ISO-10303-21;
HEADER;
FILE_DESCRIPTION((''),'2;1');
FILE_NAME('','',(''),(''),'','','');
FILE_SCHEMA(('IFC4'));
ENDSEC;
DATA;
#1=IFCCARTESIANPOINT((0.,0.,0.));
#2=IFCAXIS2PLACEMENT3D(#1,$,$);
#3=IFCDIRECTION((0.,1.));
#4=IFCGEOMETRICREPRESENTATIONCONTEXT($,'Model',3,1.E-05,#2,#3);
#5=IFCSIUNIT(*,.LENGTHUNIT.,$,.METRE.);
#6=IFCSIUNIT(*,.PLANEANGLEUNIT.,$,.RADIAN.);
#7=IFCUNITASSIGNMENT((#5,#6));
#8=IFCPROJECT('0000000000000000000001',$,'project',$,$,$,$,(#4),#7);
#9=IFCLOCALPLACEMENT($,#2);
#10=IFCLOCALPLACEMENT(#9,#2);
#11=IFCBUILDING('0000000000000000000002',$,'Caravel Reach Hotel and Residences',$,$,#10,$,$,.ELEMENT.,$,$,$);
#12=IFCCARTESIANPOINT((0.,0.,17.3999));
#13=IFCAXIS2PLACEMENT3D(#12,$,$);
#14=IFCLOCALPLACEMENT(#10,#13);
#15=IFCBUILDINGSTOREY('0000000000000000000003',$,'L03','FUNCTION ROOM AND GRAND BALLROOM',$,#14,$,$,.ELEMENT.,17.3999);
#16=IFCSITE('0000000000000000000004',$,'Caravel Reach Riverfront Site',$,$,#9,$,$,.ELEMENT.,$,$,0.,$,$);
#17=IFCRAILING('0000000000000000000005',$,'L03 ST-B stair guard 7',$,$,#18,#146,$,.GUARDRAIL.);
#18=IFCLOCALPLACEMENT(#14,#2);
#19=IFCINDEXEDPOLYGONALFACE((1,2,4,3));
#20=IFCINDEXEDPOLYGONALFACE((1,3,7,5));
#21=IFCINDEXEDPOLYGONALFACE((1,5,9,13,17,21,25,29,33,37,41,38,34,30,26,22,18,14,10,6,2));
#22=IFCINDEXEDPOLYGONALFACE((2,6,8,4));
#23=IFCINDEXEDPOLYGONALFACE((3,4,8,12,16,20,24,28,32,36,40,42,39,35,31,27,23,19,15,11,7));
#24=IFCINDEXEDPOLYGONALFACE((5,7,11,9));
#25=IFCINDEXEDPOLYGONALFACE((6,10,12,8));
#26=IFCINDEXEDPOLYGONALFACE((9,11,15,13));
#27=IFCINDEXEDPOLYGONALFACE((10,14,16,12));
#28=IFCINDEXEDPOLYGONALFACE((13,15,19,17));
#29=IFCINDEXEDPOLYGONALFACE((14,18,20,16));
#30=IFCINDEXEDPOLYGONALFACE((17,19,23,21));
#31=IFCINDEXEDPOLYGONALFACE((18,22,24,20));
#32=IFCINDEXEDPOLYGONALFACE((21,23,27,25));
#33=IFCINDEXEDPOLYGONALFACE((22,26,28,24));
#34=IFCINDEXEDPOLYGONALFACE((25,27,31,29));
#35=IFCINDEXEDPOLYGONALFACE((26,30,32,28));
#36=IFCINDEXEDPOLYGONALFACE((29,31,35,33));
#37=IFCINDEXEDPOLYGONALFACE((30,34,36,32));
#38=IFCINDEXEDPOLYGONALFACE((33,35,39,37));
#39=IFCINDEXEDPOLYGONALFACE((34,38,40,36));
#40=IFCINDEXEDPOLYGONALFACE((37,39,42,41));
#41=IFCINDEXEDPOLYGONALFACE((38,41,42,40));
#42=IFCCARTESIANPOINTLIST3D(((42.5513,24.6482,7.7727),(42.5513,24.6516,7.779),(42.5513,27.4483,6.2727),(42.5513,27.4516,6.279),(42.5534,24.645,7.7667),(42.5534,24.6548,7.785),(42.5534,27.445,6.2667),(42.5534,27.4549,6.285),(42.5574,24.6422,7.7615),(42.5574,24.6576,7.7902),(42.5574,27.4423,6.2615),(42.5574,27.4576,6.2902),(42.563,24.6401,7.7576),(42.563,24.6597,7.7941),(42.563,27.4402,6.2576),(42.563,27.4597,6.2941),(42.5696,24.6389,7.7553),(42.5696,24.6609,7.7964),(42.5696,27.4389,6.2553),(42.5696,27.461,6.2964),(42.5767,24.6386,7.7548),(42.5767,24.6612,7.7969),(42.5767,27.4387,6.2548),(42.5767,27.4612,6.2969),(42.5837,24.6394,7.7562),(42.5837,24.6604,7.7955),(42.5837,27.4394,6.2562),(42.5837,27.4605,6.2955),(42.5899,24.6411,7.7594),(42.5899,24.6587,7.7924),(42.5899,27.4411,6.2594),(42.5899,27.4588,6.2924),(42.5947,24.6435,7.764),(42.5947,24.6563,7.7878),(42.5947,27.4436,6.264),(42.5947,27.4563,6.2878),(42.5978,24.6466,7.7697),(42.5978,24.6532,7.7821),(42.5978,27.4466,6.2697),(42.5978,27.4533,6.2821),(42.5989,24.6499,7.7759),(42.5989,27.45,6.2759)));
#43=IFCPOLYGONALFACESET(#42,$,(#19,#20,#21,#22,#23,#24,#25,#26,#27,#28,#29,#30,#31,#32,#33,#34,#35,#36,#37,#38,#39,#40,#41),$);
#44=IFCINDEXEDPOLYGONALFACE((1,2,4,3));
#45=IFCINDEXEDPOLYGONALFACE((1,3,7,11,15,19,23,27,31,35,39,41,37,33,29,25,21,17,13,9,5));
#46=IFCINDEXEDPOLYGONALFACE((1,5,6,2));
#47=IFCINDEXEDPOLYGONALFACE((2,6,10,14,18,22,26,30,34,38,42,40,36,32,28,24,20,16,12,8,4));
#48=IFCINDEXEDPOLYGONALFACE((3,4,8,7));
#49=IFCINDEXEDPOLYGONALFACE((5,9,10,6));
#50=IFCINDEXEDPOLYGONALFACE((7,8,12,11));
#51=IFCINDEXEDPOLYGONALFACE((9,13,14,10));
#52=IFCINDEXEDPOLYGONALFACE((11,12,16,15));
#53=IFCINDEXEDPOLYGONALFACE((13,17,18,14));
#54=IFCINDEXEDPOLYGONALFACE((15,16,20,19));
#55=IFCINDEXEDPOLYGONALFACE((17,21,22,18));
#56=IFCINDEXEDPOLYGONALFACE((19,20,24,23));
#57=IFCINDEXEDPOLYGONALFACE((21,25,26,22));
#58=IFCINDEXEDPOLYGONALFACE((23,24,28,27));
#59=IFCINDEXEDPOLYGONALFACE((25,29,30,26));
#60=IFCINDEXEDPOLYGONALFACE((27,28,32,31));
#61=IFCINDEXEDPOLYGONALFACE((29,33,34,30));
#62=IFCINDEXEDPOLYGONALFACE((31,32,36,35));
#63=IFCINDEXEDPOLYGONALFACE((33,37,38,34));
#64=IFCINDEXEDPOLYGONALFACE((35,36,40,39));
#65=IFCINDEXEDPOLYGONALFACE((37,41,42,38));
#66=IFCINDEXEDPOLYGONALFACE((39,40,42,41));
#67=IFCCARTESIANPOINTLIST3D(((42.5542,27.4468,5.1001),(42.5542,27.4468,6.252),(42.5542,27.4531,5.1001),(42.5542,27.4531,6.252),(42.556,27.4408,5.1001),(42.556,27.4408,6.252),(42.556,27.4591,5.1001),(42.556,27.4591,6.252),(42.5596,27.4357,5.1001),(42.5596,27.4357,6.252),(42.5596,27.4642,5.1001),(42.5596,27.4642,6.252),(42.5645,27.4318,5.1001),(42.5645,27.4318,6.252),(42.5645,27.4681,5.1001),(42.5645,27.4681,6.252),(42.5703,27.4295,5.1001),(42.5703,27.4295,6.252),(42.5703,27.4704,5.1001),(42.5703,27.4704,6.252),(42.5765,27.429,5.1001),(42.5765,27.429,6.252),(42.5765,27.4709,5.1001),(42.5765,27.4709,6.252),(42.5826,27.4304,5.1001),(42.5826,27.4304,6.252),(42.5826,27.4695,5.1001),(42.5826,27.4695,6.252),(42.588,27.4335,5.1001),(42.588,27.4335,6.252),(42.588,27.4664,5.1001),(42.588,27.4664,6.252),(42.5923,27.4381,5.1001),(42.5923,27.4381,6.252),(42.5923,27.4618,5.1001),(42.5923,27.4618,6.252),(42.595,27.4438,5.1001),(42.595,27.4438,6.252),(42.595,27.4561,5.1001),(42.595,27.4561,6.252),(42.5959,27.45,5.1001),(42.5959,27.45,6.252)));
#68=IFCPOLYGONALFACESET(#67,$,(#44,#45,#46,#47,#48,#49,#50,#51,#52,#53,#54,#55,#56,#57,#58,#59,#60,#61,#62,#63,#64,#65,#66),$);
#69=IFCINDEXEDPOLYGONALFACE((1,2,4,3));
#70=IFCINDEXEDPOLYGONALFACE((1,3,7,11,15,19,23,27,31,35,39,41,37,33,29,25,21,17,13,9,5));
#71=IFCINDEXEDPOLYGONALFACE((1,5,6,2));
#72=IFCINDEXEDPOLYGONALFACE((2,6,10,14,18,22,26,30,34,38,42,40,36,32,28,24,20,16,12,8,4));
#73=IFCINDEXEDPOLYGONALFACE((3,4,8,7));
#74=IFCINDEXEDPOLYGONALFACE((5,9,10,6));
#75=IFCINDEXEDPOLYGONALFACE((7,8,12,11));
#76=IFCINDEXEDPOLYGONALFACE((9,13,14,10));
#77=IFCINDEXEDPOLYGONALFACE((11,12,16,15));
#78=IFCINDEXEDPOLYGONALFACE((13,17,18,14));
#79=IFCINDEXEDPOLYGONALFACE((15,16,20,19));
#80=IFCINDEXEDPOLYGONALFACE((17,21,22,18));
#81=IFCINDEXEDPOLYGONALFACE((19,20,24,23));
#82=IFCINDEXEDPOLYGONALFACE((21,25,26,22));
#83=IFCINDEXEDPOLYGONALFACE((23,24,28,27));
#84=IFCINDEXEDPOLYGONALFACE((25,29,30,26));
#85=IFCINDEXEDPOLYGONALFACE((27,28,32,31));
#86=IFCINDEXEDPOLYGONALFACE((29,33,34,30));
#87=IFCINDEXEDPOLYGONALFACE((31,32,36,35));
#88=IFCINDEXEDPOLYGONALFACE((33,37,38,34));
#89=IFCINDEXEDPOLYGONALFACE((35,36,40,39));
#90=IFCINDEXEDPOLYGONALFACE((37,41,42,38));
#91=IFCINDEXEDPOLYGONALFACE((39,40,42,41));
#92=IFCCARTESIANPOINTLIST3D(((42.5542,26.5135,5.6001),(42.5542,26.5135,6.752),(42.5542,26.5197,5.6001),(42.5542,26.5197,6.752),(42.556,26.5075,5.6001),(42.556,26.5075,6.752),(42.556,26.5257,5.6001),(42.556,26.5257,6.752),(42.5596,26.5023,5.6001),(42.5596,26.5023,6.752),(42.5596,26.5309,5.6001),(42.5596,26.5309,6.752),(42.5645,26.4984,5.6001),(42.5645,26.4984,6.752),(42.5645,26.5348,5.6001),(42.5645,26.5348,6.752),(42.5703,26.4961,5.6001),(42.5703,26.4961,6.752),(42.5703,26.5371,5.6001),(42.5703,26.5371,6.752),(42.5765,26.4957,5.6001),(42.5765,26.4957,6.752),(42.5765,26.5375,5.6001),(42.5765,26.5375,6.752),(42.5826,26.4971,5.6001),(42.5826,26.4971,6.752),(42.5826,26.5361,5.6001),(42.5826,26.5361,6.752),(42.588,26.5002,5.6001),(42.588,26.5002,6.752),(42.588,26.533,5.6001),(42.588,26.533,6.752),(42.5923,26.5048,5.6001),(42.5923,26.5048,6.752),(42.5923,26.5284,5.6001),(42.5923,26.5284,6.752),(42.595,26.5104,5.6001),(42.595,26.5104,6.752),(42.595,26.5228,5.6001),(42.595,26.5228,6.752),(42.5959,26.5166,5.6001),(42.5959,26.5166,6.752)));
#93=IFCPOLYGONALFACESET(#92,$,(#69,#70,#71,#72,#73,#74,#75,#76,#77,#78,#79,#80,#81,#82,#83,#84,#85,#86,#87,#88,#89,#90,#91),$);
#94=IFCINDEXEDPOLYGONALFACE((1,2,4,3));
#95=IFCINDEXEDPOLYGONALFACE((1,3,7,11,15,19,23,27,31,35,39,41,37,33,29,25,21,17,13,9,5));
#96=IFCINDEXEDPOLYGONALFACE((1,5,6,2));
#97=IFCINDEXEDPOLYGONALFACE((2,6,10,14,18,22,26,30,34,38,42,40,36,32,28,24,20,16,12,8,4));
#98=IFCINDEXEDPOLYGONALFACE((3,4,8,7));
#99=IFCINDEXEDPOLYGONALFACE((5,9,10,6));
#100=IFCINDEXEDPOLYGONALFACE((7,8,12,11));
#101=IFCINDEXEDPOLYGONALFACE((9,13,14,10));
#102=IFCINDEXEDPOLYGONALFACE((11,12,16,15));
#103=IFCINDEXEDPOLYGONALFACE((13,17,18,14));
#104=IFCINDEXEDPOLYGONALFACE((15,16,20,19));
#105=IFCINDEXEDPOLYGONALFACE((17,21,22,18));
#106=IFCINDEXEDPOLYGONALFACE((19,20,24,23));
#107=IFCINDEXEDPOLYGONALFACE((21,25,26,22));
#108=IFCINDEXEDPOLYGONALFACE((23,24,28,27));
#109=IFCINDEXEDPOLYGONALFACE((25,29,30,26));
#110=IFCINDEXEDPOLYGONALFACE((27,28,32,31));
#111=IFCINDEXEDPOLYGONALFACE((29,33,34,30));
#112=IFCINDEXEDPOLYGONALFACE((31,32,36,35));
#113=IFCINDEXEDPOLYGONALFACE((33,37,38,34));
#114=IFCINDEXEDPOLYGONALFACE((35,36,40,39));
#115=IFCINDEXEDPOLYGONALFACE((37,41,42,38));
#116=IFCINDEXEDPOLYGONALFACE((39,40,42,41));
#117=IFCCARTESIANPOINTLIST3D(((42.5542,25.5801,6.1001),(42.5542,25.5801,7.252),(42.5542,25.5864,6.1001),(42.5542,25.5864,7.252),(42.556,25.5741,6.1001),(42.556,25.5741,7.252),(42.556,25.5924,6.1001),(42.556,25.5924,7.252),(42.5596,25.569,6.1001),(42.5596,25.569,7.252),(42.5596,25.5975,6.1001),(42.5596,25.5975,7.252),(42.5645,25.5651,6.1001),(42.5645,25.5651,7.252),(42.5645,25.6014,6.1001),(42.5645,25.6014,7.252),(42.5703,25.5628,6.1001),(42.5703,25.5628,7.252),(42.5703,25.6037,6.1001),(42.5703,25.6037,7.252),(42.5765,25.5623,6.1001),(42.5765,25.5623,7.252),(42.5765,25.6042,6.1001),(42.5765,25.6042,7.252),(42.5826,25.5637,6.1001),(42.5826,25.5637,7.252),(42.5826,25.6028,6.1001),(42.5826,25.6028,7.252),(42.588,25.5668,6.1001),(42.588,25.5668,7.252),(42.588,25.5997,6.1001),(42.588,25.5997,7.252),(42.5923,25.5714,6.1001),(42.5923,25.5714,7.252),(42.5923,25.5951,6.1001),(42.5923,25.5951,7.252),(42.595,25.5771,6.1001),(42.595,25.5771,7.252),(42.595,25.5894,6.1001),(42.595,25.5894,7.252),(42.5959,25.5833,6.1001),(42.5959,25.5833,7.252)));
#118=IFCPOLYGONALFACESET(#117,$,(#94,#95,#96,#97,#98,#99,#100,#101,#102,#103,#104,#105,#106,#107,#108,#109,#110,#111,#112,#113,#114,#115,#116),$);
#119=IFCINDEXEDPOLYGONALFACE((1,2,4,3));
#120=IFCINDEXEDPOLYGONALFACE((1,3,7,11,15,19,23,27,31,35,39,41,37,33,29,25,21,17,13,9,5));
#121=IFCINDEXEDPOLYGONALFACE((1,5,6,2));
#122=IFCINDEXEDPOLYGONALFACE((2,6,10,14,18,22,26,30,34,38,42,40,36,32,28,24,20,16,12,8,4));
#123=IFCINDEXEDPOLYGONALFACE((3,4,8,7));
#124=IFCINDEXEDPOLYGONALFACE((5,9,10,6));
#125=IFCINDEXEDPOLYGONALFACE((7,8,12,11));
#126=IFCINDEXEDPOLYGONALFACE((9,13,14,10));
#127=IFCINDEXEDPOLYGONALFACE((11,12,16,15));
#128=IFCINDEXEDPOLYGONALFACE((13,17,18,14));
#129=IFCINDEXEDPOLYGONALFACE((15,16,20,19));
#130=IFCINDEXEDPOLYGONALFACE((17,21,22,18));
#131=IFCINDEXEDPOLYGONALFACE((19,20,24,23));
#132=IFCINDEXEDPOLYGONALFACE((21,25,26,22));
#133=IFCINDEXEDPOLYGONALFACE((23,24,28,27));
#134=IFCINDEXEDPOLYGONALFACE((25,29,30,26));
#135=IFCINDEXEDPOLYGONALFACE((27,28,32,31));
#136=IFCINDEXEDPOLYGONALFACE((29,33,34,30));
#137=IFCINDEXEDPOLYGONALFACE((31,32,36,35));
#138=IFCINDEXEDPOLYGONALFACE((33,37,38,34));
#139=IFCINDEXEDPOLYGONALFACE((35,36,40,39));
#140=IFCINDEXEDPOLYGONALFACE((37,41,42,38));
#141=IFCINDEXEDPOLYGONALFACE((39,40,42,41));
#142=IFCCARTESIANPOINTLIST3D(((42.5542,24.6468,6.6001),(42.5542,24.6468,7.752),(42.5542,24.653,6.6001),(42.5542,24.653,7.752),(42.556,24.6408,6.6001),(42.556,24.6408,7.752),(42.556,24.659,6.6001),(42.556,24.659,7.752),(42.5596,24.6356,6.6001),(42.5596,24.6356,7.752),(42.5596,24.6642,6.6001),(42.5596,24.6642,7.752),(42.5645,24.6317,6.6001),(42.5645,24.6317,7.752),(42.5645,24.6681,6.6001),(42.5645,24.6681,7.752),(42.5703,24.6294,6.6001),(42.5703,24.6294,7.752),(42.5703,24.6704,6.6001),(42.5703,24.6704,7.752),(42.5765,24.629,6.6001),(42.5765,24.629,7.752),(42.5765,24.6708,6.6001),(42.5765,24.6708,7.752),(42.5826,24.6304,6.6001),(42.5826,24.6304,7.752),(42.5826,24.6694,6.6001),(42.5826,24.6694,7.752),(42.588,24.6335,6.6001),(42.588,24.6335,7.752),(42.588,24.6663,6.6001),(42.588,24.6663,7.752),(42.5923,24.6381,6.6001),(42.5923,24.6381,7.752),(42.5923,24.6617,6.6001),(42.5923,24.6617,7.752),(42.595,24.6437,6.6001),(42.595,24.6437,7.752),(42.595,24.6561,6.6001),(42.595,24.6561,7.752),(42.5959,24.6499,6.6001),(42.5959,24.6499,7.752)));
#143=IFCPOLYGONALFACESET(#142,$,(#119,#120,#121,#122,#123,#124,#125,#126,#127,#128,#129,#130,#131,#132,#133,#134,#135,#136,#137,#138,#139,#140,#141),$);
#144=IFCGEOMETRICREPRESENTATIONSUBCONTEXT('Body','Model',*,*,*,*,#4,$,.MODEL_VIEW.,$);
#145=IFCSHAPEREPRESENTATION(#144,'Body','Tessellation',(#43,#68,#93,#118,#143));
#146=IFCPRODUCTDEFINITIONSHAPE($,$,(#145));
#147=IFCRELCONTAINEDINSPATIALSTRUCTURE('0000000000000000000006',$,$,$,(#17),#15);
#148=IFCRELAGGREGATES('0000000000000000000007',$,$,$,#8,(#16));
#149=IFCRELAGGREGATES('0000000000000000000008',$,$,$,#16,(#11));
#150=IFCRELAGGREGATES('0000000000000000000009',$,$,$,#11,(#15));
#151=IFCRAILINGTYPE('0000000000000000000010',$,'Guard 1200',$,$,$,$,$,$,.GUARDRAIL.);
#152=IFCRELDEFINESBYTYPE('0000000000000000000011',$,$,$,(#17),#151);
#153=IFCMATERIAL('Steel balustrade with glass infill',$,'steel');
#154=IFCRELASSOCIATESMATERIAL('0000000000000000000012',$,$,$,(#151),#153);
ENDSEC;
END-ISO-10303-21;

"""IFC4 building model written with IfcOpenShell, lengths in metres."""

from ifc_helpers import new_model, si_unit, direction, frame, origin, origin_2d, place, context, subcontext, project, spatial, circle, extrude, material, type_object, element, save


model = new_model("IFC4")

# Units and contexts
model_context = context("Model", 3, precision=1e-05, world=origin(), true_north=direction((0.0, 1.0)))
body_context = subcontext(model_context, "Body", "Model", "MODEL_VIEW")
ifc_project = project(units=[si_unit("LENGTHUNIT", "METRE"), si_unit("PLANEANGLEUNIT", "RADIAN")], contexts=[model_context])

# Site, building, storey
site_placement = place(None, origin())
site = spatial("IfcSite", under=ifc_project, at=site_placement, Name="Caravel Reach Riverfront Site", CompositionType="ELEMENT", RefElevation=0.0)
building_placement = place(site_placement, origin())
building = spatial("IfcBuilding", under=site, at=building_placement, Name="Caravel Reach Hotel and Residences", CompositionType="ELEMENT")
storey_placement = place(building_placement, frame((0.0, 0.0, 17.3999)))
storey = spatial("IfcBuildingStorey", under=building, at=storey_placement, Name="L03", Description="FUNCTION ROOM AND GRAND BALLROOM", CompositionType="ELEMENT", Elevation=17.3999)

# Railing
ifc_material_1 = material(Name="Steel balustrade with glass infill", Category="steel")
railing_type_1 = type_object("IfcRailingType", Name="Guard 1200", PredefinedType="GUARDRAIL", material=ifc_material_1)
for number, where, name in (
    (1, (42.575, 27.45, 5.1001), "L03 ST-B stair guard 7"),
):
    element("IfcRailing", number, at=place(storey_placement, frame(where)), inside=storey, type_object=railing_type_1, Name=name, PredefinedType="GUARDRAIL", context=body_context, shape_type="SweptSolid", body=[
        extrude(circle(Radius=0.0239, at=origin_2d()), frame((0.0, 0.0, 1.1758), z_axis=(0.0, -0.881483, 0.472215), x_axis=(1.0, 0.0, 0.0)), (0.0, 0.0, 1.0), 3.1765),
        extrude(circle(Radius=0.021, at=origin_2d()), origin(), (0.0, 0.0, 1.0), 1.1519),
        extrude(circle(Radius=0.021, at=origin_2d()), frame((0.0, -0.9333, 0.5)), (0.0, 0.0, 1.0), 1.1519),
        extrude(circle(Radius=0.021, at=origin_2d()), frame((0.0, -1.8667, 1.0)), (0.0, 0.0, 1.0), 1.1519),
        extrude(circle(Radius=0.021, at=origin_2d()), frame((0.0, -2.8, 1.5)), (0.0, 0.0, 1.0), 1.1519),
    ])

save(model, "model.ifc")
